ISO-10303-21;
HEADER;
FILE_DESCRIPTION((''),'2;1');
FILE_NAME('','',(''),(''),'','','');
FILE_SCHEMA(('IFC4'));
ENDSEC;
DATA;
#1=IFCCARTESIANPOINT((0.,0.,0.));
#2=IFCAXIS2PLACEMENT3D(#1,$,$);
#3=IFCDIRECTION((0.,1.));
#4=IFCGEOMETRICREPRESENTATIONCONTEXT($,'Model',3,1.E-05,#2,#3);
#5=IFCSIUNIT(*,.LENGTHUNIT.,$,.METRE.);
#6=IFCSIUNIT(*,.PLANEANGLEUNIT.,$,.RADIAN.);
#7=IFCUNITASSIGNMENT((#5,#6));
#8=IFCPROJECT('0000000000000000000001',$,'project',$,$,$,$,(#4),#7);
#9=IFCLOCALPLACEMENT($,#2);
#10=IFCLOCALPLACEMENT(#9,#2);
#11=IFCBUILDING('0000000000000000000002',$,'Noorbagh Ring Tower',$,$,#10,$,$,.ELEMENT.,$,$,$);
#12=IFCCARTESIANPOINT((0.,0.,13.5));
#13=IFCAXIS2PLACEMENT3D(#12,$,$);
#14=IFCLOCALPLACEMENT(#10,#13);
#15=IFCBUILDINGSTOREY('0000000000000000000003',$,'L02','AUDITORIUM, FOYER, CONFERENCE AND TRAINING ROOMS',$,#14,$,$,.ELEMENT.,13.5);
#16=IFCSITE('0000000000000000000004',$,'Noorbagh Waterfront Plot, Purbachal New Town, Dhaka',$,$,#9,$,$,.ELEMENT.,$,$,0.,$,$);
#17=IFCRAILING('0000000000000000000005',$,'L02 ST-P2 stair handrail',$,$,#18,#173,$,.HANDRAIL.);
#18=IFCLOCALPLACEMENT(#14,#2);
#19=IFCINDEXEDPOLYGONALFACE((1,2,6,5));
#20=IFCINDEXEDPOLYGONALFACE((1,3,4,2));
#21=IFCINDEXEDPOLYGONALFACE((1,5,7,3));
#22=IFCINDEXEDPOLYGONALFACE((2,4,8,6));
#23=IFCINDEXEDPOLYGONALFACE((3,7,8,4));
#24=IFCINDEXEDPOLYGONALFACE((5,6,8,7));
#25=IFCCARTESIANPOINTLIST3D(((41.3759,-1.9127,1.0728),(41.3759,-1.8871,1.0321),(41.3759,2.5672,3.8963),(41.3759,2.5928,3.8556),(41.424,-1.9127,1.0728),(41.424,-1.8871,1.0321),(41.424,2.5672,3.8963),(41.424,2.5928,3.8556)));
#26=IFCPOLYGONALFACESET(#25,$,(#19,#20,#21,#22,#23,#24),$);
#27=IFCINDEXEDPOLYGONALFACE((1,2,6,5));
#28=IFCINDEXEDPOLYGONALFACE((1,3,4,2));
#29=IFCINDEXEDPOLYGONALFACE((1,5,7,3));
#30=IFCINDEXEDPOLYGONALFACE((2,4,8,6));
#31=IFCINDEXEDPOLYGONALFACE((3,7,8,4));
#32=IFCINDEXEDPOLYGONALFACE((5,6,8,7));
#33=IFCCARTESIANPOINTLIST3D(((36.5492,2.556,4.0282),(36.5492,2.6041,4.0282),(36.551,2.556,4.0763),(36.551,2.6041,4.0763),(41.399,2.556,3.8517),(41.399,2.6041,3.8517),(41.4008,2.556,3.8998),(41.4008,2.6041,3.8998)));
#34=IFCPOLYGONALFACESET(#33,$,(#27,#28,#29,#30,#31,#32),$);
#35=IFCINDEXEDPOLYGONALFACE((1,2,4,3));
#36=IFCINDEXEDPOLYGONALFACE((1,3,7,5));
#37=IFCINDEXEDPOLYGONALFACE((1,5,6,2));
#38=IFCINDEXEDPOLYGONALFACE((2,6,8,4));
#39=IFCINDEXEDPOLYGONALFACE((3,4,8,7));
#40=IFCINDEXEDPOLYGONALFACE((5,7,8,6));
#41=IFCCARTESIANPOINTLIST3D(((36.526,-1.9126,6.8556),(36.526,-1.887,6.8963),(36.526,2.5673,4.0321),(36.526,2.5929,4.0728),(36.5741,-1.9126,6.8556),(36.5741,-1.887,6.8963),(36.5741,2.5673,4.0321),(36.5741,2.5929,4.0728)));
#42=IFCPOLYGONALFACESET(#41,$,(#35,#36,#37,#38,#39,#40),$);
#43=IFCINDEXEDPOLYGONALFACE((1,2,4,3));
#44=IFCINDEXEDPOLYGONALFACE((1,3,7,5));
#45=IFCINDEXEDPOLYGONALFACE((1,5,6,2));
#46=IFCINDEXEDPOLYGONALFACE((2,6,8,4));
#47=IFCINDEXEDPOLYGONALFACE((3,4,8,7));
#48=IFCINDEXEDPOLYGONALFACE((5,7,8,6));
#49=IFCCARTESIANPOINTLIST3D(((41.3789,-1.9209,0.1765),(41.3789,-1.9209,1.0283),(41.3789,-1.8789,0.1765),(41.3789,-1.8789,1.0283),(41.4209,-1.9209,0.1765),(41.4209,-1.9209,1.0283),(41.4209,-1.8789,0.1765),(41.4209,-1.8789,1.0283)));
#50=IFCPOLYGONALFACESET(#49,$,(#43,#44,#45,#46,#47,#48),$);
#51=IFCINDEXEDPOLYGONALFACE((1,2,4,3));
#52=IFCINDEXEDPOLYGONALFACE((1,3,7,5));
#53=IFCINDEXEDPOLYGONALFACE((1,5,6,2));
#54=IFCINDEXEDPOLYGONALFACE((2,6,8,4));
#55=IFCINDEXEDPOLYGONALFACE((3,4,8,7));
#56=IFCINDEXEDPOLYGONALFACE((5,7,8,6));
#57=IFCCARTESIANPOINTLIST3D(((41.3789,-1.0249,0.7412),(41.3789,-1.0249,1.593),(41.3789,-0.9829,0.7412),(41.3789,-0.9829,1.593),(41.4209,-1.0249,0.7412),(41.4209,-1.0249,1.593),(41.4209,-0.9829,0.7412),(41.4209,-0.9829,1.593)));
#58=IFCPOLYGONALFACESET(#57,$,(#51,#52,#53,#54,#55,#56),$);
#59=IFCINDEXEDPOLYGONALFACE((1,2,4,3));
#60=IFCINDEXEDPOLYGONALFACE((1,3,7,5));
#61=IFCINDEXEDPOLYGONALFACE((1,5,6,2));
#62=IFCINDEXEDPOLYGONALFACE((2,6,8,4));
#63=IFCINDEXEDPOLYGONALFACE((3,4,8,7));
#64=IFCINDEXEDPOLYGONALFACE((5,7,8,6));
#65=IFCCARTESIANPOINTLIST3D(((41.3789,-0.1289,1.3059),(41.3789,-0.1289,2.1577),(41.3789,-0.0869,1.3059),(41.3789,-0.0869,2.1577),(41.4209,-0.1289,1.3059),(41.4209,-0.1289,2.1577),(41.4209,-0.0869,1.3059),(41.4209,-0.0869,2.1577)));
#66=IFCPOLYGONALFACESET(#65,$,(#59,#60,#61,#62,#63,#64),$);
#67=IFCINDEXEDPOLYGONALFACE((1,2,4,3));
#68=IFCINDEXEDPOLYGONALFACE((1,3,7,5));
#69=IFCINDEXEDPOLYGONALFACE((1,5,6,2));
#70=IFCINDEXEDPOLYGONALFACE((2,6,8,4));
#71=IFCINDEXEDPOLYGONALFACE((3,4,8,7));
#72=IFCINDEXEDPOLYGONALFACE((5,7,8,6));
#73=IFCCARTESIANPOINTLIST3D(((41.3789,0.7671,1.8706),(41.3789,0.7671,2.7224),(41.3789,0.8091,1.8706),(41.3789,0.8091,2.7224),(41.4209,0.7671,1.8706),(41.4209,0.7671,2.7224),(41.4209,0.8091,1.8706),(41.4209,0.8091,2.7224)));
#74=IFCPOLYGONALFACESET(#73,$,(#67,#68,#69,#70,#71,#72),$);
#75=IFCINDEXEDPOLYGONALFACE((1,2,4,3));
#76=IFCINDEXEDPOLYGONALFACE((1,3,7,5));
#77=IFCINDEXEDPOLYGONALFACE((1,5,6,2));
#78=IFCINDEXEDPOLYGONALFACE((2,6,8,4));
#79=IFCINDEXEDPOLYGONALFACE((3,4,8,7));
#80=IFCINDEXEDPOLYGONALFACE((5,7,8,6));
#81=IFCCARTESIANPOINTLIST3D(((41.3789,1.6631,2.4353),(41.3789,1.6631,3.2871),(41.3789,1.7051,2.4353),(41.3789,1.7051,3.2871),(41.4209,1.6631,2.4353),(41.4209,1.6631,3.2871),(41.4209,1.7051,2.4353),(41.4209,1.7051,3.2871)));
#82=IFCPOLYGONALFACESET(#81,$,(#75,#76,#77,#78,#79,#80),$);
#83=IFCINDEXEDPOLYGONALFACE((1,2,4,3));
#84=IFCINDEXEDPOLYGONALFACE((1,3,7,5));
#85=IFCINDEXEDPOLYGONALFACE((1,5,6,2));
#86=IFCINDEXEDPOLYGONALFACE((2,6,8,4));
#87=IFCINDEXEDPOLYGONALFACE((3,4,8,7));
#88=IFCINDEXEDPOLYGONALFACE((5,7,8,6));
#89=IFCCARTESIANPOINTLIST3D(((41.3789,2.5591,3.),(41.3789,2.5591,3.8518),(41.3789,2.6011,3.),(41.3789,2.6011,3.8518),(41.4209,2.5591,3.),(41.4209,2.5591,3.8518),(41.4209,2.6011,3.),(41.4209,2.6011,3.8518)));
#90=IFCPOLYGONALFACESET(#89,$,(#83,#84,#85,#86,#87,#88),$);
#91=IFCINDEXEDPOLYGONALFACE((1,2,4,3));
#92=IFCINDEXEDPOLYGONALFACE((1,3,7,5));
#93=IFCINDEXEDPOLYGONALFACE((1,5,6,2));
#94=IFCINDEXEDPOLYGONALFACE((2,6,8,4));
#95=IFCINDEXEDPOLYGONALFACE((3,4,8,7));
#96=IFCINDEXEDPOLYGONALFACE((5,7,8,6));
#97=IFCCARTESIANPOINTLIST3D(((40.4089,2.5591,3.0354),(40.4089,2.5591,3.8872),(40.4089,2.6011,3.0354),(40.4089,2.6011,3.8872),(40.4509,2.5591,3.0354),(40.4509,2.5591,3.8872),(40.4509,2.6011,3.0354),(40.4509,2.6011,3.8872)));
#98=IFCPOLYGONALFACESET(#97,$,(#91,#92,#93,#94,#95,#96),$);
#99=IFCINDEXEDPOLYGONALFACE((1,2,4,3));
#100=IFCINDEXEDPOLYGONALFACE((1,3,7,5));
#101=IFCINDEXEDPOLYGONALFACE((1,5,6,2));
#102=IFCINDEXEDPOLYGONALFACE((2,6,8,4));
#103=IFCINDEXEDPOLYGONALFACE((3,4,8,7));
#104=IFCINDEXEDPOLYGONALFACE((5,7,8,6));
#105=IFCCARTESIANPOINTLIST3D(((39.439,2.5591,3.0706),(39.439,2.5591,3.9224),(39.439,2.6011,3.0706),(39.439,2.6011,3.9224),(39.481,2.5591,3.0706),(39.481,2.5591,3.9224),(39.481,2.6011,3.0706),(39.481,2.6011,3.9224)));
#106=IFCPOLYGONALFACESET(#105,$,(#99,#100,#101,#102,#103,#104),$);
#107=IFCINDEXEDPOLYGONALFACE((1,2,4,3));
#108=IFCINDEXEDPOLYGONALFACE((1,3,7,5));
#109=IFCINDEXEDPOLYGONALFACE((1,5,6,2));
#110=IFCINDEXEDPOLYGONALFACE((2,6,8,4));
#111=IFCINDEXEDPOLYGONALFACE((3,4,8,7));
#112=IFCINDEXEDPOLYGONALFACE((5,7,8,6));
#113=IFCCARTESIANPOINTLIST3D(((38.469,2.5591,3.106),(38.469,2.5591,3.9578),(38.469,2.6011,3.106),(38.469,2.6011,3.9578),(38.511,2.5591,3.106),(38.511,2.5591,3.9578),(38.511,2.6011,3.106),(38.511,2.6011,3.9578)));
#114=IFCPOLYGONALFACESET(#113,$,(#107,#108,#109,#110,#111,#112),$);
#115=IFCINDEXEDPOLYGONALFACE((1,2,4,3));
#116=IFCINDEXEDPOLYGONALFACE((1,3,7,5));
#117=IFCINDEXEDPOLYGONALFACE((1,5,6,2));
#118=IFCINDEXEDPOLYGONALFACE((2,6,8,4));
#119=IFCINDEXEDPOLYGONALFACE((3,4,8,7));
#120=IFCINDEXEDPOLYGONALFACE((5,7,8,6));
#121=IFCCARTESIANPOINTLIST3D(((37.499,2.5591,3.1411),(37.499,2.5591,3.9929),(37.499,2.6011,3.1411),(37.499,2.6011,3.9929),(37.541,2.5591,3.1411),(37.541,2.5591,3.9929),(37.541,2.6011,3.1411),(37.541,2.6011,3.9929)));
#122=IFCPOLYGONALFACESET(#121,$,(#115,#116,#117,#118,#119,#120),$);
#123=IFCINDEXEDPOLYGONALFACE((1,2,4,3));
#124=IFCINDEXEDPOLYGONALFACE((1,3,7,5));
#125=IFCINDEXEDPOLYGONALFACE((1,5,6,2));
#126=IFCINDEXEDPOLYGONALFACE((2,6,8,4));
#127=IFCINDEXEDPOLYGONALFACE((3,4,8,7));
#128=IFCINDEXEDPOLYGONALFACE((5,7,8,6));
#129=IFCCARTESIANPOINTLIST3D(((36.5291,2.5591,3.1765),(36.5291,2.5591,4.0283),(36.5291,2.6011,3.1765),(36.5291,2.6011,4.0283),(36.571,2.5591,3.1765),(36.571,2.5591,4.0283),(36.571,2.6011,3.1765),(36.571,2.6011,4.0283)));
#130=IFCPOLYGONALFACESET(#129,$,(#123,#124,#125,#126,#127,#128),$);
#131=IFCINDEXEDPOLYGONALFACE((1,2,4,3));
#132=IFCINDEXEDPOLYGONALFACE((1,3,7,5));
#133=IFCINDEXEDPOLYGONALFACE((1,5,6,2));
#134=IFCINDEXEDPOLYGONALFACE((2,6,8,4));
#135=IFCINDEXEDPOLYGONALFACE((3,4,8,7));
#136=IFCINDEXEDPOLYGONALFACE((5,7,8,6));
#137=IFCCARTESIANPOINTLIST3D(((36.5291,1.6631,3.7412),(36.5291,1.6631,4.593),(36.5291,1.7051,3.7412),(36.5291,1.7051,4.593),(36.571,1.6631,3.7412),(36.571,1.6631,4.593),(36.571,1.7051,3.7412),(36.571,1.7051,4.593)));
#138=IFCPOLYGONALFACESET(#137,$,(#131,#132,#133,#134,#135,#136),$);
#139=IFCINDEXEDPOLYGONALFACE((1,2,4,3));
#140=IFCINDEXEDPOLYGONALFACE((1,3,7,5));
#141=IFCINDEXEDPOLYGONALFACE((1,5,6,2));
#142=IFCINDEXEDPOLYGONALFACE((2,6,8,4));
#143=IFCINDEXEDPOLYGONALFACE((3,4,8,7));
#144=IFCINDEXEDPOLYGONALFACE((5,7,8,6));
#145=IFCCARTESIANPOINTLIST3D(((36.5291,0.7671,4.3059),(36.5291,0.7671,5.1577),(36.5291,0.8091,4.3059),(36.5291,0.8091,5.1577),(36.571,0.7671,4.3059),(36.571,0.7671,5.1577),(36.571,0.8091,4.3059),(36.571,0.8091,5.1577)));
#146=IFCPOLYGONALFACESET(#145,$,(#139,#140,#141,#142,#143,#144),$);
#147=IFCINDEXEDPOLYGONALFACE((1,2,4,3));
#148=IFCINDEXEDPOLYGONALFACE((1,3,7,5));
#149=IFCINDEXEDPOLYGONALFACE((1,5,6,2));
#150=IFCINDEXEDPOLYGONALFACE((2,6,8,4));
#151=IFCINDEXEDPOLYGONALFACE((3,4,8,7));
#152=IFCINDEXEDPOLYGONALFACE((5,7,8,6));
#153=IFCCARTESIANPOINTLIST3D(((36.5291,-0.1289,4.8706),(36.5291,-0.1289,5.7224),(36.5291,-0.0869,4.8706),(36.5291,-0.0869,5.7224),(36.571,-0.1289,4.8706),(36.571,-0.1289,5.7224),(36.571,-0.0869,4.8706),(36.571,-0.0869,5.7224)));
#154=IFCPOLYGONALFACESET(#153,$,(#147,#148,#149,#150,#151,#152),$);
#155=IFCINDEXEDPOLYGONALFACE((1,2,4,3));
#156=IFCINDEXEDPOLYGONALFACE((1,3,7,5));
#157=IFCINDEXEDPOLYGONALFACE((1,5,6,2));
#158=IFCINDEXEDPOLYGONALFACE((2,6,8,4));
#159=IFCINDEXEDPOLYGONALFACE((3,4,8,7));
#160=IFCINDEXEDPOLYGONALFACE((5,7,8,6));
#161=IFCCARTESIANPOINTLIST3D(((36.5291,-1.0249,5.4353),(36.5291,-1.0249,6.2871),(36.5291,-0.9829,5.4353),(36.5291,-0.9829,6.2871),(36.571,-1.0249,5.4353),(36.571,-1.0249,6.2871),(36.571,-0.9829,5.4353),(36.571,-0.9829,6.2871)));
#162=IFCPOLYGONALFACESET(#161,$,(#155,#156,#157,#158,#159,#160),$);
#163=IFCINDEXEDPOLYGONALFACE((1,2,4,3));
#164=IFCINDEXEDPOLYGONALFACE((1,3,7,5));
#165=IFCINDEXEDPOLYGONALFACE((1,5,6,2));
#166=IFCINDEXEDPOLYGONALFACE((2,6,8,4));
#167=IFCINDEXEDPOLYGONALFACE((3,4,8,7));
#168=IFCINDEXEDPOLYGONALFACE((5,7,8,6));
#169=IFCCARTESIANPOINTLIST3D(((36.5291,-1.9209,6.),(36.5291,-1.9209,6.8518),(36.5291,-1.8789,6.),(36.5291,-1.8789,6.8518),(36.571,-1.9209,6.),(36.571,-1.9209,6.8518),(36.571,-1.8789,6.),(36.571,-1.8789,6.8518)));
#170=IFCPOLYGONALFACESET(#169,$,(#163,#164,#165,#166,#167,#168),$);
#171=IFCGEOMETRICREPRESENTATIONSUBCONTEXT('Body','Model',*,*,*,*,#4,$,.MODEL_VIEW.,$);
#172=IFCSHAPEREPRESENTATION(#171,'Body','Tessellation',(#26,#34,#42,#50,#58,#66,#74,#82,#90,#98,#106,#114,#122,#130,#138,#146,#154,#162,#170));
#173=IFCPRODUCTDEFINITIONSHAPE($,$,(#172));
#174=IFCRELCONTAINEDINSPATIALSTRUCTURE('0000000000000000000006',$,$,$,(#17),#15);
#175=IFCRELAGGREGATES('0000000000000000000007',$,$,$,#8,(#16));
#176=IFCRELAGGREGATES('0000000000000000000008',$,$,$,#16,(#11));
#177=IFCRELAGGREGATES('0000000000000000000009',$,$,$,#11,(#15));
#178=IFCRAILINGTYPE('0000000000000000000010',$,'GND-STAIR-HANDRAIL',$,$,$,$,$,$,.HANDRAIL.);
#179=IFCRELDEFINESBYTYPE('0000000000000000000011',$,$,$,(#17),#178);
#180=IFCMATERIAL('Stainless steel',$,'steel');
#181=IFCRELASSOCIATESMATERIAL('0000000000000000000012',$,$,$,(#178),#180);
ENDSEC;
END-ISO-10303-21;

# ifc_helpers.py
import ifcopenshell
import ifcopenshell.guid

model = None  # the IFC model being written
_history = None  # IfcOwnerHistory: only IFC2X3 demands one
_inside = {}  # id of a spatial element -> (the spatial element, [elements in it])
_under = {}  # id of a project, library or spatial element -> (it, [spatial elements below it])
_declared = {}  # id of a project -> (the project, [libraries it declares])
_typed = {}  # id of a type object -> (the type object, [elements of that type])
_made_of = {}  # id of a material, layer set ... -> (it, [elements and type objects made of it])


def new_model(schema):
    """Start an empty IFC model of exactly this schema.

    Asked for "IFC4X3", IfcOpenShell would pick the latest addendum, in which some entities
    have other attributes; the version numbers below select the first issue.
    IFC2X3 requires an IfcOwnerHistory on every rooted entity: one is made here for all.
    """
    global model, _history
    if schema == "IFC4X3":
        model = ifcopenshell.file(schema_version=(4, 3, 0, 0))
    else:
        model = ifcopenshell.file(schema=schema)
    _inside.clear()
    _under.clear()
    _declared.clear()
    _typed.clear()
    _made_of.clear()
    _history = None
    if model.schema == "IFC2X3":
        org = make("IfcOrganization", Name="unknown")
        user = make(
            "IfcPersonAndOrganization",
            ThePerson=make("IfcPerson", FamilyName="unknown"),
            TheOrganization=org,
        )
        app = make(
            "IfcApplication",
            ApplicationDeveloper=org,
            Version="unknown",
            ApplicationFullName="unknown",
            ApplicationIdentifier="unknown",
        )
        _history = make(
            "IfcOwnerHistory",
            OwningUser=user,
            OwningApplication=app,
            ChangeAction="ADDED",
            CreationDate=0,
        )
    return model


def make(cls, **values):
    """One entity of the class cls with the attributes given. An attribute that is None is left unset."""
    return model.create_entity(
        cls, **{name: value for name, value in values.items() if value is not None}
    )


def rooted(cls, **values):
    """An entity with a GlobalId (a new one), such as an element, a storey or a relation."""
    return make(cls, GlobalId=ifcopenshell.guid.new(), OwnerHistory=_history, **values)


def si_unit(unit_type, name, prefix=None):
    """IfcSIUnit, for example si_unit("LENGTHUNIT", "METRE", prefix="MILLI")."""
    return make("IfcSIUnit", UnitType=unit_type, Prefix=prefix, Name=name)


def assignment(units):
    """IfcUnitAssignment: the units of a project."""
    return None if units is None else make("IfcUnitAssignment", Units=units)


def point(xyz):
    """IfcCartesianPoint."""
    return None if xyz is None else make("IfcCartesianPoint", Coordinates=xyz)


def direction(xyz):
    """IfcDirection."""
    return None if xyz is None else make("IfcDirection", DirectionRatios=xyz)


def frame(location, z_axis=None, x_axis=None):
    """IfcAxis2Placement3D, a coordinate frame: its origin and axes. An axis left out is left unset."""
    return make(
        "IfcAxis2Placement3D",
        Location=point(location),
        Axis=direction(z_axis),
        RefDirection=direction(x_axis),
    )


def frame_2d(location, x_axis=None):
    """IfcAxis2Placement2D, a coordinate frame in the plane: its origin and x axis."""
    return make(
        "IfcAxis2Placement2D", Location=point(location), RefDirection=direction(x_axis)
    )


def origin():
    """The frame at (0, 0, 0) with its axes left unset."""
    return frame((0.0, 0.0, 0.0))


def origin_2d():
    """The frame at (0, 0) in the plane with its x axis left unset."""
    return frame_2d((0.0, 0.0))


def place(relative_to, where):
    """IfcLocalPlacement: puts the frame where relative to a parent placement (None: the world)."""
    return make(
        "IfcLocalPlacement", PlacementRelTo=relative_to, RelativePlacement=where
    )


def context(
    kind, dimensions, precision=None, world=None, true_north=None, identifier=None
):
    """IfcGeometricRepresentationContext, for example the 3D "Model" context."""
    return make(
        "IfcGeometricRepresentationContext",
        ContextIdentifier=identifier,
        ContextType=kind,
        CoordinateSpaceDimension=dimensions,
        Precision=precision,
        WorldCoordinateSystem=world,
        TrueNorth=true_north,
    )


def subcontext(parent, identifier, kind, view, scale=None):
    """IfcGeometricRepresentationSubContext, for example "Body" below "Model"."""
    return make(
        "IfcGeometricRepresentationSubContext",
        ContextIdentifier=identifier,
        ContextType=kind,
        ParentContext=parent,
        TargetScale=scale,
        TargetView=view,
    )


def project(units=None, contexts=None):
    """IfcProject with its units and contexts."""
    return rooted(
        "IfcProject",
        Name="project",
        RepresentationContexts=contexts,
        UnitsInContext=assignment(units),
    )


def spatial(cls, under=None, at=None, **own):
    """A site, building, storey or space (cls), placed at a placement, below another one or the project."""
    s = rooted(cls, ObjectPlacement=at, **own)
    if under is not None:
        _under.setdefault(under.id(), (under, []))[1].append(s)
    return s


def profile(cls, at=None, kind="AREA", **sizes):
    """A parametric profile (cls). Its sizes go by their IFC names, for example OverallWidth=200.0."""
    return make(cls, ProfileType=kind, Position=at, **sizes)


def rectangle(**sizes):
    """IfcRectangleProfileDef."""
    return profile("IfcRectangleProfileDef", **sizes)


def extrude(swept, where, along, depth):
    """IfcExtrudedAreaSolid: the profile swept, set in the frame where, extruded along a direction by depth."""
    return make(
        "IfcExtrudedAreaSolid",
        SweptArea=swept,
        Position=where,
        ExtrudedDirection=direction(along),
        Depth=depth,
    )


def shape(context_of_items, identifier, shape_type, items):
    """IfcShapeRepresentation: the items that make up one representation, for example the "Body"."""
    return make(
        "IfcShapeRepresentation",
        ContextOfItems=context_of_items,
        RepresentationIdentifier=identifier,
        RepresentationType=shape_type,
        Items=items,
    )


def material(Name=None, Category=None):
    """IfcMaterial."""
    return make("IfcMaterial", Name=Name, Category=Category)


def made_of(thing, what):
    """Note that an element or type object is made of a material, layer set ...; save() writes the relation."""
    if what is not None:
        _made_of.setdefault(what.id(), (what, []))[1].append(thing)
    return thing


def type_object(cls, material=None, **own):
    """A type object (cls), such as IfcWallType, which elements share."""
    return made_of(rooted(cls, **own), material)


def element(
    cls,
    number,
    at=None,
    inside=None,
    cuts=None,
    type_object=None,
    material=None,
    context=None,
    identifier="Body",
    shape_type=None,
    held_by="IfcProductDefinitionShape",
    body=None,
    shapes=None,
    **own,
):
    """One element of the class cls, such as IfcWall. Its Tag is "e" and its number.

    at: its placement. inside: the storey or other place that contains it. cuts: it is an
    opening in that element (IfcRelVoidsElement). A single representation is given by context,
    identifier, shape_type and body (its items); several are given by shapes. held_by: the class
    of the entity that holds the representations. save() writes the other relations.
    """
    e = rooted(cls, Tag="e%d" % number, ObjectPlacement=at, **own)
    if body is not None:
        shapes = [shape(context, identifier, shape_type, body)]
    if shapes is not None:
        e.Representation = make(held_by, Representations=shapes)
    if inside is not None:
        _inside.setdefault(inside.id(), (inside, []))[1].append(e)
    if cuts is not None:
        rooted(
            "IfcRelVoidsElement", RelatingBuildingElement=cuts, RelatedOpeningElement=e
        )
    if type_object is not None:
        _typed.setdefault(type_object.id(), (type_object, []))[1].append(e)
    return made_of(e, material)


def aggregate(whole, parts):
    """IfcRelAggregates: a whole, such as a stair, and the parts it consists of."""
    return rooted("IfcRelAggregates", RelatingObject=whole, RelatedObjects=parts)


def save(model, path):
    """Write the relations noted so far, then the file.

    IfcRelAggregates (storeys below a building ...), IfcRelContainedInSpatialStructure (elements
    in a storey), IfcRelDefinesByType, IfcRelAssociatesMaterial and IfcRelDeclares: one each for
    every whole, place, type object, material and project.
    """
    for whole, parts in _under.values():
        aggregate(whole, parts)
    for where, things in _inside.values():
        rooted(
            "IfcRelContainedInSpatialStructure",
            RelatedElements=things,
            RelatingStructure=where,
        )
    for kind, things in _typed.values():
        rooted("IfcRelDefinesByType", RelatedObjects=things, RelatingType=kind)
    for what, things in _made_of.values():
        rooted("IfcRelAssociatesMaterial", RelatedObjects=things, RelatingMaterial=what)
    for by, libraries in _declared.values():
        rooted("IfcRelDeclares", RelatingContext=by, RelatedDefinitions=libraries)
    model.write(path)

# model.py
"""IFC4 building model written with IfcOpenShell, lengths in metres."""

from ifc_helpers import new_model, si_unit, direction, frame, origin, origin_2d, place, context, subcontext, project, spatial, rectangle, extrude, material, type_object, element, save


model = new_model("IFC4")

# Units and contexts
model_context = context("Model", 3, precision=1e-05, world=origin(), true_north=direction((0.0, 1.0)))
body_context = subcontext(model_context, "Body", "Model", "MODEL_VIEW")
ifc_project = project(units=[si_unit("LENGTHUNIT", "METRE"), si_unit("PLANEANGLEUNIT", "RADIAN")], contexts=[model_context])

# Site, building, storey
site_placement = place(None, origin())
site = spatial("IfcSite", under=ifc_project, at=site_placement, Name="Noorbagh Waterfront Plot, Purbachal New Town, Dhaka", CompositionType="ELEMENT", RefElevation=0.0)
building_placement = place(site_placement, origin())
building = spatial("IfcBuilding", under=site, at=building_placement, Name="Noorbagh Ring Tower", CompositionType="ELEMENT")
storey_placement = place(building_placement, frame((0.0, 0.0, 13.5)))
storey = spatial("IfcBuildingStorey", under=building, at=storey_placement, Name="L02", Description="AUDITORIUM, FOYER, CONFERENCE AND TRAINING ROOMS", CompositionType="ELEMENT", Elevation=13.5)

# Railing
ifc_material_1 = material(Name="Stainless steel", Category="steel")
railing_type_1 = type_object("IfcRailingType", Name="GND-STAIR-HANDRAIL", PredefinedType="HANDRAIL", material=ifc_material_1)
railing_1_placement = place(storey_placement, frame((41.3999, -1.8999, 0.1765)))
element("IfcRailing", 1, at=railing_1_placement, inside=storey, type_object=railing_type_1, Name="L02 ST-P2 stair handrail", PredefinedType="HANDRAIL", context=body_context, shape_type="SweptSolid", body=[
    extrude(rectangle(XDim=0.0481, YDim=0.0481, at=origin_2d()), frame((0.0, 0.0, 0.876), z_axis=(0.0, 0.845998, 0.533186), x_axis=(-1.0, 0.0, 0.0)), (0.0, 0.0, 1.0), 5.2954),
    extrude(rectangle(XDim=0.0481, YDim=0.0481, at=origin_2d()), frame((0.0, 4.48, 3.6992), z_axis=(-0.999338, 0.0, 0.036372), x_axis=(0.0, -1.0, 0.0)), (0.0, 0.0, 1.0), 4.853),
    extrude(rectangle(XDim=0.0481, YDim=0.0481, at=origin_2d()), frame((-4.8499, 4.48, 3.876), z_axis=(0.0, -0.845998, 0.533186), x_axis=(1.0, 0.0, 0.0)), (0.0, 0.0, 1.0), 5.2954),
    extrude(rectangle(XDim=0.042, YDim=0.042, at=origin_2d()), origin(), (0.0, 0.0, 1.0), 0.8518),
    extrude(rectangle(XDim=0.042, YDim=0.042, at=origin_2d()), frame((0.0, 0.896, 0.5647)), (0.0, 0.0, 1.0), 0.8518),
    extrude(rectangle(XDim=0.042, YDim=0.042, at=origin_2d()), frame((0.0, 1.792, 1.1294)), (0.0, 0.0, 1.0), 0.8518),
    extrude(rectangle(XDim=0.042, YDim=0.042, at=origin_2d()), frame((0.0, 2.688, 1.6941)), (0.0, 0.0, 1.0), 0.8518),
    extrude(rectangle(XDim=0.042, YDim=0.042, at=origin_2d()), frame((0.0, 3.584, 2.2588)), (0.0, 0.0, 1.0), 0.8518),
    extrude(rectangle(XDim=0.042, YDim=0.042, at=origin_2d()), frame((0.0, 4.48, 2.8235)), (0.0, 0.0, 1.0), 0.8518),
    extrude(rectangle(XDim=0.042, YDim=0.042, at=origin_2d()), frame((-0.97, 4.48, 2.8589)), (0.0, 0.0, 1.0), 0.8518),
    extrude(rectangle(XDim=0.042, YDim=0.042, at=origin_2d()), frame((-1.9399, 4.48, 2.894)), (0.0, 0.0, 1.0), 0.8518),
    extrude(rectangle(XDim=0.042, YDim=0.042, at=origin_2d()), frame((-2.9099, 4.48, 2.9294)), (0.0, 0.0, 1.0), 0.8518),
    extrude(rectangle(XDim=0.042, YDim=0.042, at=origin_2d()), frame((-3.8799, 4.48, 2.9646)), (0.0, 0.0, 1.0), 0.8518),
    extrude(rectangle(XDim=0.042, YDim=0.042, at=origin_2d()), frame((-4.8499, 4.48, 3.0)), (0.0, 0.0, 1.0), 0.8518),
    extrude(rectangle(XDim=0.042, YDim=0.042, at=origin_2d()), frame((-4.8499, 3.584, 3.5647)), (0.0, 0.0, 1.0), 0.8518),
    extrude(rectangle(XDim=0.042, YDim=0.042, at=origin_2d()), frame((-4.8499, 2.688, 4.1294)), (0.0, 0.0, 1.0), 0.8518),
    extrude(rectangle(XDim=0.042, YDim=0.042, at=origin_2d()), frame((-4.8499, 1.792, 4.6941)), (0.0, 0.0, 1.0), 0.8518),
    extrude(rectangle(XDim=0.042, YDim=0.042, at=origin_2d()), frame((-4.8499, 0.896, 5.2588)), (0.0, 0.0, 1.0), 0.8518),
    extrude(rectangle(XDim=0.042, YDim=0.042, at=origin_2d()), frame((-4.8499, 0.0, 5.8235)), (0.0, 0.0, 1.0), 0.8518),
])

save(model, "model.ifc")
